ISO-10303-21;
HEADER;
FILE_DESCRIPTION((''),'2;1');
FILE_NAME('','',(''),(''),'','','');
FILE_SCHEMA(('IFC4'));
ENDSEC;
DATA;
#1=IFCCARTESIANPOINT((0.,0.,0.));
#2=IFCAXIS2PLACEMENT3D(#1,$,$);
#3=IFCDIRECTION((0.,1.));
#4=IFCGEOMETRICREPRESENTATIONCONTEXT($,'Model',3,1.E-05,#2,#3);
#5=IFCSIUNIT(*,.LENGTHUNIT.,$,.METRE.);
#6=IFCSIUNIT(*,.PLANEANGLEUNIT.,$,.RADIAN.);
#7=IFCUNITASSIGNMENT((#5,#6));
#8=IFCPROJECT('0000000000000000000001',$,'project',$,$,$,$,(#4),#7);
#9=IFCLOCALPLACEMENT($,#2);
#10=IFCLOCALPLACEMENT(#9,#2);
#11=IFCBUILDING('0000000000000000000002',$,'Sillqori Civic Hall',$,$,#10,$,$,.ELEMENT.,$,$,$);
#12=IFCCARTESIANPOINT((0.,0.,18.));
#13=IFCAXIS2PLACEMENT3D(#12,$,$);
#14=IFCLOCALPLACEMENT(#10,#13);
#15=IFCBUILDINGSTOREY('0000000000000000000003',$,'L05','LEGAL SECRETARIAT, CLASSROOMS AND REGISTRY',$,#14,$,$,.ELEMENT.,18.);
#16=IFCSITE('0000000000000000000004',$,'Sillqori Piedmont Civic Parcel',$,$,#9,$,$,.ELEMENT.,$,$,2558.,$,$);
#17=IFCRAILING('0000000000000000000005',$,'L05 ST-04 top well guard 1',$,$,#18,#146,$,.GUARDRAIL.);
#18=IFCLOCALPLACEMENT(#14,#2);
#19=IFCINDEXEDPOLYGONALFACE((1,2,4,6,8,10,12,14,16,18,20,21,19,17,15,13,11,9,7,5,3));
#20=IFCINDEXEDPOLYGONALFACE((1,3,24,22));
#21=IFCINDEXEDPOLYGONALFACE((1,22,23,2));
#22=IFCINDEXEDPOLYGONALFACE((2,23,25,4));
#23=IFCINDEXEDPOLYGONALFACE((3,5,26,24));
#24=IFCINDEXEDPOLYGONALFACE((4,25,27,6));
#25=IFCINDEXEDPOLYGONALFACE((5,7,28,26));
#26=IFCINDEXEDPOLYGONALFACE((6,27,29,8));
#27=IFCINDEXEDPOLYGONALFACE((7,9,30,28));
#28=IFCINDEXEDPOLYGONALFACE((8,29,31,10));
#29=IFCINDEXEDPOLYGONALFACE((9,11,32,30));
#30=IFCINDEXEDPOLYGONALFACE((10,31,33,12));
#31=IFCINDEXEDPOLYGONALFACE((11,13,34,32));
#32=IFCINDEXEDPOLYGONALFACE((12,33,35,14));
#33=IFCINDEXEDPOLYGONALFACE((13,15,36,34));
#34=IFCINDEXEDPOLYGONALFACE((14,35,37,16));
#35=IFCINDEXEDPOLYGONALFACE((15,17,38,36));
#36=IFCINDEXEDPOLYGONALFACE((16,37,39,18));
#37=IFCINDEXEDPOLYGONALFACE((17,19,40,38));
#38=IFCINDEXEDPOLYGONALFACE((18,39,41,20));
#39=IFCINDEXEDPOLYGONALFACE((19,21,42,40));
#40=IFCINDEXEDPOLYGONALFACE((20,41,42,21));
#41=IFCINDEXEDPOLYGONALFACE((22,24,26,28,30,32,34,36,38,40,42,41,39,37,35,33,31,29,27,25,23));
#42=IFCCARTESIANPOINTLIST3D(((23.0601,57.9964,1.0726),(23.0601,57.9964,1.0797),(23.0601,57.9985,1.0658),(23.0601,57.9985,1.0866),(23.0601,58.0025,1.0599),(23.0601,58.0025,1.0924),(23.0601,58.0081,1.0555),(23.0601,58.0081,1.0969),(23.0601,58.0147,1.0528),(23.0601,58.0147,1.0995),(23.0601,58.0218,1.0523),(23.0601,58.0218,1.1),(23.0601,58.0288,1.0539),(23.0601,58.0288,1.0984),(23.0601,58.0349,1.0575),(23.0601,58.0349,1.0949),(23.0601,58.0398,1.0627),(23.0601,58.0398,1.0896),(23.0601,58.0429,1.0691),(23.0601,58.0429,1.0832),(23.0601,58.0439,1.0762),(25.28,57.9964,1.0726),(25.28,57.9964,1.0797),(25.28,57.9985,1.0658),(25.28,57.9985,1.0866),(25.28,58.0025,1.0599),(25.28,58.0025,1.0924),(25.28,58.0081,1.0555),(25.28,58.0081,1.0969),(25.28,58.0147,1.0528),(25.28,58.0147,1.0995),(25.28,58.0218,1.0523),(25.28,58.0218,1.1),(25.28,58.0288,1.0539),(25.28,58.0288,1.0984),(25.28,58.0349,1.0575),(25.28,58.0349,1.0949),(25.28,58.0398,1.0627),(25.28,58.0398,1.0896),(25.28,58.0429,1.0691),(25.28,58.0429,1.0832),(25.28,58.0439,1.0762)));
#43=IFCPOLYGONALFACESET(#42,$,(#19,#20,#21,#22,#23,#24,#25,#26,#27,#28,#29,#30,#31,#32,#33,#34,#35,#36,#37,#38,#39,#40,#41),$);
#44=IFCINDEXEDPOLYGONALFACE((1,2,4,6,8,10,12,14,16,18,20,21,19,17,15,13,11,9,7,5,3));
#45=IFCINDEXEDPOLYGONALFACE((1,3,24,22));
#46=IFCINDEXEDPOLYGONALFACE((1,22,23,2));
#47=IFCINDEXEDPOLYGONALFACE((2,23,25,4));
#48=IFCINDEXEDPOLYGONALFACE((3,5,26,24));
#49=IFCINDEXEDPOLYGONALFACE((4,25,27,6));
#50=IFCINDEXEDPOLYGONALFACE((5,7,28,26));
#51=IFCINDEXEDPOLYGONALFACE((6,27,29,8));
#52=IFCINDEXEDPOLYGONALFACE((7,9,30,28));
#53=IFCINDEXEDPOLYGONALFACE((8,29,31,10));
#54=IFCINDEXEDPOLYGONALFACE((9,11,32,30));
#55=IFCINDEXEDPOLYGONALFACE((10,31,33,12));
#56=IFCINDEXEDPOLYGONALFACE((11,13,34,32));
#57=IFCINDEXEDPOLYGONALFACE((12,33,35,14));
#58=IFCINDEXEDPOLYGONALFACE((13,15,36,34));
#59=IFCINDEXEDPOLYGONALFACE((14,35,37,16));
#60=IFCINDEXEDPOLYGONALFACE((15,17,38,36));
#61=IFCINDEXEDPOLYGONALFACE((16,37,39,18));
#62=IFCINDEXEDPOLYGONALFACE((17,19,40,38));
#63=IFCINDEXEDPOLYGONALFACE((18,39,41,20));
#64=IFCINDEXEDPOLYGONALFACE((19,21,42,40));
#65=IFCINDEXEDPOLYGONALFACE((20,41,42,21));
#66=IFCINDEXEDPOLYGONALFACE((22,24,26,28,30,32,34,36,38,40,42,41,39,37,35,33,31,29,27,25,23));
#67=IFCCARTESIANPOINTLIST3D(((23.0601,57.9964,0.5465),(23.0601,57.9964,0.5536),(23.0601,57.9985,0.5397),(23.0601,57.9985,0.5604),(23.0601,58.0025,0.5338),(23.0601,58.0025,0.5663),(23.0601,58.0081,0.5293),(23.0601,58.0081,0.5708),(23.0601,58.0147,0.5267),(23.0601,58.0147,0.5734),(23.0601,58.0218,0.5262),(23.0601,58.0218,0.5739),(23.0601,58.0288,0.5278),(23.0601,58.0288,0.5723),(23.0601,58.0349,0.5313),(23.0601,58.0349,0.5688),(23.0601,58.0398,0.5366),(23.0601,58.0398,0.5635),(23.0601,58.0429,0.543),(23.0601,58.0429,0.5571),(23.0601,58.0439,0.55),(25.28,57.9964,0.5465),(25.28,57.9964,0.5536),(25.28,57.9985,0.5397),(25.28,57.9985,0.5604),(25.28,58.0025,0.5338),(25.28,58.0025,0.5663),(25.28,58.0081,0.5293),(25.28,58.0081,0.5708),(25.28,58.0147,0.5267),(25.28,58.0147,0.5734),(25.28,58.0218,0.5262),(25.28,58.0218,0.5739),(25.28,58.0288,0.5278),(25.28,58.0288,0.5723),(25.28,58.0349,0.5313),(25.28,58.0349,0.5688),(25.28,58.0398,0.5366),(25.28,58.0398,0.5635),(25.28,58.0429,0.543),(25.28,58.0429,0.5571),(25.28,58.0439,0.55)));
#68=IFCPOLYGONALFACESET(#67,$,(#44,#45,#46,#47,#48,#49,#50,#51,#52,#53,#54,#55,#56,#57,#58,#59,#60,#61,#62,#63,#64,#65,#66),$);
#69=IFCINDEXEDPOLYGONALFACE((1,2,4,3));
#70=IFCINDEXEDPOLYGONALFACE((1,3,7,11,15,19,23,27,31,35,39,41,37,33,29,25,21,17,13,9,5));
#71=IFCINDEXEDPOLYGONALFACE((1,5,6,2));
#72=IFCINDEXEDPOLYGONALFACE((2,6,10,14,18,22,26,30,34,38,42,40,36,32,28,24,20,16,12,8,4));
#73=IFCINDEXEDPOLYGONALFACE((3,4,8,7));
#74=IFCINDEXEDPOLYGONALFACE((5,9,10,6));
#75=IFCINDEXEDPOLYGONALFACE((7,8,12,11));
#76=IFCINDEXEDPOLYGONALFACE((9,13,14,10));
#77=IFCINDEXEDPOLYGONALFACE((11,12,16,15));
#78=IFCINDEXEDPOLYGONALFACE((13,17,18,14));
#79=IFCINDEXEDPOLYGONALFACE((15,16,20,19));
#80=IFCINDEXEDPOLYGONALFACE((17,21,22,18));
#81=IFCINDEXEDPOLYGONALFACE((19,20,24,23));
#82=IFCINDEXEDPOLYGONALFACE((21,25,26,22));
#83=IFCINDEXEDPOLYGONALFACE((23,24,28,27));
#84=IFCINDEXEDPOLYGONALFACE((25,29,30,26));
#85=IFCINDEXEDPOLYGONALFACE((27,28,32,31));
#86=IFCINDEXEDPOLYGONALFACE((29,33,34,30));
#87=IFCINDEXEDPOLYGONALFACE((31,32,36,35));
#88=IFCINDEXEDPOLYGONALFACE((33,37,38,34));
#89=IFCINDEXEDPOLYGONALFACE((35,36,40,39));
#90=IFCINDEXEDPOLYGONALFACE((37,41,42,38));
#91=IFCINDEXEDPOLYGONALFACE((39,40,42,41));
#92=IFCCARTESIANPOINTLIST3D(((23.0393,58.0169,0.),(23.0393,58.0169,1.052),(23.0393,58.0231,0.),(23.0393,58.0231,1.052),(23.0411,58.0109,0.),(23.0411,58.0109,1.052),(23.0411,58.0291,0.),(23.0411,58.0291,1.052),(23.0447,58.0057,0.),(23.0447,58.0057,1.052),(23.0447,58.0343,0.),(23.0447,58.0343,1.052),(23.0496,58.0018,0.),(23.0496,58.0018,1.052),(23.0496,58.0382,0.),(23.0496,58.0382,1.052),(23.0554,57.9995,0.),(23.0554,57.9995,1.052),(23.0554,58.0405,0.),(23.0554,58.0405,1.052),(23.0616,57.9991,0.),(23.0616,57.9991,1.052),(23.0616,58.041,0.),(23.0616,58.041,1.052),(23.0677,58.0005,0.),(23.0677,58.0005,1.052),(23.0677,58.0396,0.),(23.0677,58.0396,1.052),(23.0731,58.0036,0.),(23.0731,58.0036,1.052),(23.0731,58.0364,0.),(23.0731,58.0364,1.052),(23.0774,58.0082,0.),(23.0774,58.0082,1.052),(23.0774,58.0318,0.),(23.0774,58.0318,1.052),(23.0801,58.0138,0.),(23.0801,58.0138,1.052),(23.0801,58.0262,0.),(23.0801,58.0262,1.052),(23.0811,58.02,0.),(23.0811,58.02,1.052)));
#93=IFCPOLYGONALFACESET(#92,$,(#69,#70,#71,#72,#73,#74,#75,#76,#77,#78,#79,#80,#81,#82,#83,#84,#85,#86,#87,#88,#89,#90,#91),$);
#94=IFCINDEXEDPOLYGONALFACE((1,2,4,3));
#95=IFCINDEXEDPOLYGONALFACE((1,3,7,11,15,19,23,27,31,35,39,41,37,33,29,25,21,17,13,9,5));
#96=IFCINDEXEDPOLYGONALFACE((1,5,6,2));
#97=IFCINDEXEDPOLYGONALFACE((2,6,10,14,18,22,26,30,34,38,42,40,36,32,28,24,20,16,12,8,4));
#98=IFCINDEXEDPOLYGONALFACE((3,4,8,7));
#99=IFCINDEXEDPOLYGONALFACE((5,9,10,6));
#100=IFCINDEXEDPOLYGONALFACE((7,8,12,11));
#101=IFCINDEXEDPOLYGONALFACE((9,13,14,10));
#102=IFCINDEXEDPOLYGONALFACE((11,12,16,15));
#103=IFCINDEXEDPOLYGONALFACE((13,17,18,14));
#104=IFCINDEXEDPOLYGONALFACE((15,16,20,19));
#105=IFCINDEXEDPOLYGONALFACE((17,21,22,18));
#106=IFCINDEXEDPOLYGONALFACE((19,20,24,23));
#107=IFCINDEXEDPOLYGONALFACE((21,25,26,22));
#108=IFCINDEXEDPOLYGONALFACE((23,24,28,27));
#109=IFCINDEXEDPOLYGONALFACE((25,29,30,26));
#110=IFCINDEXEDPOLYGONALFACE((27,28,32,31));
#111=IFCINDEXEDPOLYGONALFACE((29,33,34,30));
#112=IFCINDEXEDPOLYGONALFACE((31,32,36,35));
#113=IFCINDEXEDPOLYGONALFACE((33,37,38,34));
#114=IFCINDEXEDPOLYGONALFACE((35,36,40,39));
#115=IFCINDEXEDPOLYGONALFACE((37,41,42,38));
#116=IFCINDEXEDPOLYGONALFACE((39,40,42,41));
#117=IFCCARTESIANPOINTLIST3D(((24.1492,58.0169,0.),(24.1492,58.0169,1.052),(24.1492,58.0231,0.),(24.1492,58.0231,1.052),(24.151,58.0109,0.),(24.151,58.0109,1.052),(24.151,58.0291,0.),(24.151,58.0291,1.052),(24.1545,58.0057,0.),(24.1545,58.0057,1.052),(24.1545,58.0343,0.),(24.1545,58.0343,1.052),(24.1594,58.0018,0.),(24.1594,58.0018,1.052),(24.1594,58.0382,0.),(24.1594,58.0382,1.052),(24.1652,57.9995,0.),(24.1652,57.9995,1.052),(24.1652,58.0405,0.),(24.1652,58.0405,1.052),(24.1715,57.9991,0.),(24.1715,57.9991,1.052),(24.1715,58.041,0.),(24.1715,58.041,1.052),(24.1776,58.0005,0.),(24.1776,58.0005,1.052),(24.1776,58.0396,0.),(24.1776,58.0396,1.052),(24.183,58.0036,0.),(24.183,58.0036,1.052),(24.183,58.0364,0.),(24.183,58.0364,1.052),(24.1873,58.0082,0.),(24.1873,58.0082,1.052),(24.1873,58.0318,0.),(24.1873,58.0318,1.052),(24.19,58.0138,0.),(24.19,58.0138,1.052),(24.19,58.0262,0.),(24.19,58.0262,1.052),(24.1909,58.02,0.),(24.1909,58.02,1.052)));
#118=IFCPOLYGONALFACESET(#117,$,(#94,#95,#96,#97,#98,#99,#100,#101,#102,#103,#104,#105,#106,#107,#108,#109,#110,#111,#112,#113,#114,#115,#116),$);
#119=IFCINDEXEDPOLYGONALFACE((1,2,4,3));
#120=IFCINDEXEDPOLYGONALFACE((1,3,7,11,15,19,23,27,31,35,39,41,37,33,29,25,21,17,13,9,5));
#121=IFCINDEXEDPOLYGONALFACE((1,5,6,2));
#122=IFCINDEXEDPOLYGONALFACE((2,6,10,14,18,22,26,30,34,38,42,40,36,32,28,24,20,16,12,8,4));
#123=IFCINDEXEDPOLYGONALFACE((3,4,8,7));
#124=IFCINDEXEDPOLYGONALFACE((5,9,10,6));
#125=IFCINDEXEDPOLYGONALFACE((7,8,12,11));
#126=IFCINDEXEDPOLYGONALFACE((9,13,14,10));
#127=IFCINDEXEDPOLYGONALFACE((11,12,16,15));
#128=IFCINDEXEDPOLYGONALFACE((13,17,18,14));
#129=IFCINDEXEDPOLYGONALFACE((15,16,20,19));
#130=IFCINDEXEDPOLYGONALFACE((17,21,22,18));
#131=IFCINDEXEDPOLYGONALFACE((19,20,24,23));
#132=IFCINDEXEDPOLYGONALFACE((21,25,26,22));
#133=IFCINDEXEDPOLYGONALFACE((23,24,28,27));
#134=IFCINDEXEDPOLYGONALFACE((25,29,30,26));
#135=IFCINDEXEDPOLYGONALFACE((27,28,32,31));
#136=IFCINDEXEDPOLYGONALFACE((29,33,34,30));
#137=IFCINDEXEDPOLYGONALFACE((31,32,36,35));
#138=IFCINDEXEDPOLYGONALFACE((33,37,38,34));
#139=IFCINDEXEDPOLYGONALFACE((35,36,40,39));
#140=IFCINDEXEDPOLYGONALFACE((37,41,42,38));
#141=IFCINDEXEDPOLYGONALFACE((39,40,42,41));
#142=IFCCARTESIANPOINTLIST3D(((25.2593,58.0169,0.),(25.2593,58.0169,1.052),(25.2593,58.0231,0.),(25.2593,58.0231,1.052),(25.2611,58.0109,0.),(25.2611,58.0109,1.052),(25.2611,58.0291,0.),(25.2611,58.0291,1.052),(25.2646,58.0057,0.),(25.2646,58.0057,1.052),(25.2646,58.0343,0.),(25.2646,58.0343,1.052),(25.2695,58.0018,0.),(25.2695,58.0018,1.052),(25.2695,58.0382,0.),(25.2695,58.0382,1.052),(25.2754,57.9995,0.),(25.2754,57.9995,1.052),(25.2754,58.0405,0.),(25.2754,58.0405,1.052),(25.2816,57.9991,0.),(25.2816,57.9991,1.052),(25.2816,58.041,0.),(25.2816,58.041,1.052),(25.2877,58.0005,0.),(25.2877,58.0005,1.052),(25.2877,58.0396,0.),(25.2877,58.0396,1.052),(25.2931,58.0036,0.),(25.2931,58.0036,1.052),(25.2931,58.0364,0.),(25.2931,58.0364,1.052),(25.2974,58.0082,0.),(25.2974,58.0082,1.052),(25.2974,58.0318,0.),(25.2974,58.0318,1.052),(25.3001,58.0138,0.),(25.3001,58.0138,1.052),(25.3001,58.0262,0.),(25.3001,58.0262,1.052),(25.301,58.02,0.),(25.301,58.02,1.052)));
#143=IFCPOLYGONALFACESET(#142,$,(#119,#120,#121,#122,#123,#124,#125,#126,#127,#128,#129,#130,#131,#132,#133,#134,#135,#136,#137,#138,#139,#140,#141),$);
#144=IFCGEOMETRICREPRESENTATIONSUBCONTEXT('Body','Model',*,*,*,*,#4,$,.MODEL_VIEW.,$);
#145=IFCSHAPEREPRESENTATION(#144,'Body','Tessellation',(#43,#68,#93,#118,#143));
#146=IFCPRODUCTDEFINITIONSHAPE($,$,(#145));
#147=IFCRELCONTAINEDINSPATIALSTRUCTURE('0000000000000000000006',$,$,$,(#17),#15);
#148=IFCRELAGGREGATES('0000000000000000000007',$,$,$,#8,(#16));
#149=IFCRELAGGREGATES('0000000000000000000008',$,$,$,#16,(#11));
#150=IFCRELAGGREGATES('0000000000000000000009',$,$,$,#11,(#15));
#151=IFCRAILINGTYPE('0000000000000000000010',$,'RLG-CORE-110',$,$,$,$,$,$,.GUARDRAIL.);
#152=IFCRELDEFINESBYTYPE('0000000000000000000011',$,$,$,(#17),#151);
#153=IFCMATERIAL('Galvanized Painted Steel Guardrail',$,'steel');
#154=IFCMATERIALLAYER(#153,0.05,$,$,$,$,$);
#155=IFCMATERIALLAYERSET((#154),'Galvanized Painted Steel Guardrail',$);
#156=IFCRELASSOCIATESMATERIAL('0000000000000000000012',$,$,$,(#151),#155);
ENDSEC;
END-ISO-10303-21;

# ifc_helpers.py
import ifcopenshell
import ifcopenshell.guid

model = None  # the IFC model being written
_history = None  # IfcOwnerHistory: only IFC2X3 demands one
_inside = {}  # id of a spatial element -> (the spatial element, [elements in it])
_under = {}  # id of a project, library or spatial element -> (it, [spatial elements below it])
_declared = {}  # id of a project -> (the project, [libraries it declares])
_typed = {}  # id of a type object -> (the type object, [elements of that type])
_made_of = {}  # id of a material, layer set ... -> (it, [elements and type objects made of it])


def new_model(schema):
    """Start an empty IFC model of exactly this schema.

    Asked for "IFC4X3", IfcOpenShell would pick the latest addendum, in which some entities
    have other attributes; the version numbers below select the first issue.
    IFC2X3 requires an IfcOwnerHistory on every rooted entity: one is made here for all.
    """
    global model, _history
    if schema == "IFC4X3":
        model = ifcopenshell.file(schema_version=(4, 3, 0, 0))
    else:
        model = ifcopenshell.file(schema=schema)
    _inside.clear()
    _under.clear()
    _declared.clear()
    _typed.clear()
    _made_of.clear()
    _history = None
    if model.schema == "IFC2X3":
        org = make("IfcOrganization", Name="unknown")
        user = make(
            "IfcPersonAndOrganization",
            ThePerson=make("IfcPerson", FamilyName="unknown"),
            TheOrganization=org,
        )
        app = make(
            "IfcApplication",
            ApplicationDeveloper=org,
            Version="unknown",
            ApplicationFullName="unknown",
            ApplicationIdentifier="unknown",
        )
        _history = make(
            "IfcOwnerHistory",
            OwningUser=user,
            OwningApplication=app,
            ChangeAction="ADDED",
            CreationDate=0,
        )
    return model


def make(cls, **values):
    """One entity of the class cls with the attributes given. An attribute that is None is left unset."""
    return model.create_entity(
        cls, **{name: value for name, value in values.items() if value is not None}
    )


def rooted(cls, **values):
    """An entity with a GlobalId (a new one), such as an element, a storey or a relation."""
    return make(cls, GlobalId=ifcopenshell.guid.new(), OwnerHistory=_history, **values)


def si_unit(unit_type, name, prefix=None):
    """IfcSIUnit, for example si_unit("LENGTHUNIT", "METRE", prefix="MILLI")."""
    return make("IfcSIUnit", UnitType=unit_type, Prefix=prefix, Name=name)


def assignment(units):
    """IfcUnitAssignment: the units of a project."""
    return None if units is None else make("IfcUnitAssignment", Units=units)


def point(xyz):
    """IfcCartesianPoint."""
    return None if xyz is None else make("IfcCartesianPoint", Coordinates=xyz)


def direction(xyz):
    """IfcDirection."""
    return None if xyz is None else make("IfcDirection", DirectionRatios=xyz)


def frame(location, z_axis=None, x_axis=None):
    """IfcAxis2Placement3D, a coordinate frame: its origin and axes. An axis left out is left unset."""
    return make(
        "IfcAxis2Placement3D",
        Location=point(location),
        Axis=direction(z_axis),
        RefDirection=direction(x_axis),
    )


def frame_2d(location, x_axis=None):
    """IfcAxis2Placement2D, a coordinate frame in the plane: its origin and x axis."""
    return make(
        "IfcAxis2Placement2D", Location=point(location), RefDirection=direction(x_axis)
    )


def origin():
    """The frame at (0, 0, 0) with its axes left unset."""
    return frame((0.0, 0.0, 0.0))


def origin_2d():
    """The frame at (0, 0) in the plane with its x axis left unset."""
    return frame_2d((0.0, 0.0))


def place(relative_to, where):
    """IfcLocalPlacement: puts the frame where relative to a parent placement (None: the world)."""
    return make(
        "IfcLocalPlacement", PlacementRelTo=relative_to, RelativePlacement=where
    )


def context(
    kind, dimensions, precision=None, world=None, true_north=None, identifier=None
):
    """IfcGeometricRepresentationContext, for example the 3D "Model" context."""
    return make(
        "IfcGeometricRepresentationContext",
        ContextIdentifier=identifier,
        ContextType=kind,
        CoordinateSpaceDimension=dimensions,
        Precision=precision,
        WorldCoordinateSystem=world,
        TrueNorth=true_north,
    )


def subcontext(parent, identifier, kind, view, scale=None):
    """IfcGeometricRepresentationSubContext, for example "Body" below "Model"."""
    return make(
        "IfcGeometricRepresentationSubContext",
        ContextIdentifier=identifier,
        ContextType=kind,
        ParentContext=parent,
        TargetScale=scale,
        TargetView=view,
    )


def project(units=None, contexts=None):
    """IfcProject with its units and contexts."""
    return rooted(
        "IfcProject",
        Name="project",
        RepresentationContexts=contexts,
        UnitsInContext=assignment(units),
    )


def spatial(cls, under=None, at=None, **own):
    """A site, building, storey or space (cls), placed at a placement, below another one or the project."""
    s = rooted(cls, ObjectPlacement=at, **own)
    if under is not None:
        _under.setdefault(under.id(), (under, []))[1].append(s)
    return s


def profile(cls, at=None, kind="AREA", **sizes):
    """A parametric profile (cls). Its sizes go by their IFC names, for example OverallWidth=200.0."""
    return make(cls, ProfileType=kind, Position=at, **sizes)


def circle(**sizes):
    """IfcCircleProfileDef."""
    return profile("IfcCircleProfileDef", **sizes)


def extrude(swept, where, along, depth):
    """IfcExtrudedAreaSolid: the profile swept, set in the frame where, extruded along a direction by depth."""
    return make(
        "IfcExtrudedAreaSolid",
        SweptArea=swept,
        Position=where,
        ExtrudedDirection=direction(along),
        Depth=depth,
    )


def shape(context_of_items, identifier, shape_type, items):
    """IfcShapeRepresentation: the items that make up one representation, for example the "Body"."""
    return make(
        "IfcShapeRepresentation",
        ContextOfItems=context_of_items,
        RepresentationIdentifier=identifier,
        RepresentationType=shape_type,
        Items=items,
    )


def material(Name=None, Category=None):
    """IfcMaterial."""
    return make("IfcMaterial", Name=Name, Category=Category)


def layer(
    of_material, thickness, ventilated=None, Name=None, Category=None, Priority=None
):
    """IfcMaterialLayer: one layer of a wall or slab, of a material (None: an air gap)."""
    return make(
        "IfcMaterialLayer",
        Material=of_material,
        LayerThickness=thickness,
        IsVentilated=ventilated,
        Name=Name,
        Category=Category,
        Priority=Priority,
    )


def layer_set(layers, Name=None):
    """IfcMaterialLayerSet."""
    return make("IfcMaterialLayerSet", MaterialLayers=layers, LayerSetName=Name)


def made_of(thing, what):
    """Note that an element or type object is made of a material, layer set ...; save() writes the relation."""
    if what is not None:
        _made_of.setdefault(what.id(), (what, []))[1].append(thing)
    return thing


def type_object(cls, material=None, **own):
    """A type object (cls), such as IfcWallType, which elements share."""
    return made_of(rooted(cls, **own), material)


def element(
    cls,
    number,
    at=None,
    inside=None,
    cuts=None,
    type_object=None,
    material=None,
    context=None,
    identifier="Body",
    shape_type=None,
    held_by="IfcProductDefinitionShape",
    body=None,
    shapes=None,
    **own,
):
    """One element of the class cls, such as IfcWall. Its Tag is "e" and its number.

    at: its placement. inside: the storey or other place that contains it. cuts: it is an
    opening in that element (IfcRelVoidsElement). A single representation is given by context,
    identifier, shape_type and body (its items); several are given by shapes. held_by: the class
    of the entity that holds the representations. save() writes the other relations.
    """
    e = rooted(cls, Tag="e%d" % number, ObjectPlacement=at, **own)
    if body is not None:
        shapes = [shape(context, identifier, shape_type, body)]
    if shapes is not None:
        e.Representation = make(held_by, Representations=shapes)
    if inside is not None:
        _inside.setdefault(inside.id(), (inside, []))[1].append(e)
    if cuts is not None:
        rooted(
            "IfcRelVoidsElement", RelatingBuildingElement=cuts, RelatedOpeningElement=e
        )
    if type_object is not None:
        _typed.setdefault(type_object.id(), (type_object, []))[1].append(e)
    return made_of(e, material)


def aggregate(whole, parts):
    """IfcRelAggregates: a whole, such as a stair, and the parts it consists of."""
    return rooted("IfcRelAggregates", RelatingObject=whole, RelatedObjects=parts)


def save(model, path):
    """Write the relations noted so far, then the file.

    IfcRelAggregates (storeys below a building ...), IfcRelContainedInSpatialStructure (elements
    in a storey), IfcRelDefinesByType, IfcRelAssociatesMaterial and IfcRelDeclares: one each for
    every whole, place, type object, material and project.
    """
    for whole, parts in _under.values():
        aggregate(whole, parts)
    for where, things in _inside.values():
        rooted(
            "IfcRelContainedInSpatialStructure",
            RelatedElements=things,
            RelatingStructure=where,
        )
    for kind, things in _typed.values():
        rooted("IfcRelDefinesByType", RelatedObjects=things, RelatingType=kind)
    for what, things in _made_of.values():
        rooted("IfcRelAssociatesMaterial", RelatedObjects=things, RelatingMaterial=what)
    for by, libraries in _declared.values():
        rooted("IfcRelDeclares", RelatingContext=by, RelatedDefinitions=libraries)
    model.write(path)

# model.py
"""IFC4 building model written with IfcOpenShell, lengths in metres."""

from ifc_helpers import new_model, si_unit, direction, frame, origin, origin_2d, place, context, subcontext, project, spatial, circle, extrude, material, layer, layer_set, type_object, element, save


model = new_model("IFC4")

# Units and contexts
model_context = context("Model", 3, precision=1e-05, world=origin(), true_north=direction((0.0, 1.0)))
body_context = subcontext(model_context, "Body", "Model", "MODEL_VIEW")
ifc_project = project(units=[si_unit("LENGTHUNIT", "METRE"), si_unit("PLANEANGLEUNIT", "RADIAN")], contexts=[model_context])

# Site, building, storey
site_placement = place(None, origin())
site = spatial("IfcSite", under=ifc_project, at=site_placement, Name="Sillqori Piedmont Civic Parcel", CompositionType="ELEMENT", RefElevation=2558.0)
building_placement = place(site_placement, origin())
building = spatial("IfcBuilding", under=site, at=building_placement, Name="Sillqori Civic Hall", CompositionType="ELEMENT")
storey_placement = place(building_placement, frame((0.0, 0.0, 18.0)))
storey = spatial("IfcBuildingStorey", under=building, at=storey_placement, Name="L05", Description="LEGAL SECRETARIAT, CLASSROOMS AND REGISTRY", CompositionType="ELEMENT", Elevation=18.0)

# Railing
ifc_material_1 = material(Name="Galvanized Painted Steel Guardrail", Category="steel")
ifc_layer_1 = layer(ifc_material_1, 0.05)
ifc_layer_set_1 = layer_set([ifc_layer_1], Name="Galvanized Painted Steel Guardrail")
railing_type = type_object("IfcRailingType", Name="RLG-CORE-110", PredefinedType="GUARDRAIL", material=ifc_layer_set_1)
railing_placement = place(storey_placement, frame((23.0601, 58.02, 0.0)))
element("IfcRailing", 1, at=railing_placement, inside=storey, type_object=railing_type, Name="L05 ST-04 top well guard 1", PredefinedType="GUARDRAIL", context=body_context, shape_type="SweptSolid", body=[
    extrude(circle(Radius=0.0239, at=origin_2d()), frame((0.0, 0.0, 1.0762), z_axis=(1.0, 0.0, 0.0), x_axis=(0.0, 1.0, 0.0)), (0.0, 0.0, 1.0), 2.22),
    extrude(circle(Radius=0.0239, at=origin_2d()), frame((0.0, 0.0, 0.55), z_axis=(1.0, 0.0, 0.0), x_axis=(0.0, 1.0, 0.0)), (0.0, 0.0, 1.0), 2.22),
    extrude(circle(Radius=0.021, at=origin_2d()), origin(), (0.0, 0.0, 1.0), 1.052),
    extrude(circle(Radius=0.021, at=origin_2d()), frame((1.1099, 0.0, 0.0)), (0.0, 0.0, 1.0), 1.052),
    extrude(circle(Radius=0.021, at=origin_2d()), frame((2.22, 0.0, 0.0)), (0.0, 0.0, 1.0), 1.052),
])

save(model, "model.ifc")
